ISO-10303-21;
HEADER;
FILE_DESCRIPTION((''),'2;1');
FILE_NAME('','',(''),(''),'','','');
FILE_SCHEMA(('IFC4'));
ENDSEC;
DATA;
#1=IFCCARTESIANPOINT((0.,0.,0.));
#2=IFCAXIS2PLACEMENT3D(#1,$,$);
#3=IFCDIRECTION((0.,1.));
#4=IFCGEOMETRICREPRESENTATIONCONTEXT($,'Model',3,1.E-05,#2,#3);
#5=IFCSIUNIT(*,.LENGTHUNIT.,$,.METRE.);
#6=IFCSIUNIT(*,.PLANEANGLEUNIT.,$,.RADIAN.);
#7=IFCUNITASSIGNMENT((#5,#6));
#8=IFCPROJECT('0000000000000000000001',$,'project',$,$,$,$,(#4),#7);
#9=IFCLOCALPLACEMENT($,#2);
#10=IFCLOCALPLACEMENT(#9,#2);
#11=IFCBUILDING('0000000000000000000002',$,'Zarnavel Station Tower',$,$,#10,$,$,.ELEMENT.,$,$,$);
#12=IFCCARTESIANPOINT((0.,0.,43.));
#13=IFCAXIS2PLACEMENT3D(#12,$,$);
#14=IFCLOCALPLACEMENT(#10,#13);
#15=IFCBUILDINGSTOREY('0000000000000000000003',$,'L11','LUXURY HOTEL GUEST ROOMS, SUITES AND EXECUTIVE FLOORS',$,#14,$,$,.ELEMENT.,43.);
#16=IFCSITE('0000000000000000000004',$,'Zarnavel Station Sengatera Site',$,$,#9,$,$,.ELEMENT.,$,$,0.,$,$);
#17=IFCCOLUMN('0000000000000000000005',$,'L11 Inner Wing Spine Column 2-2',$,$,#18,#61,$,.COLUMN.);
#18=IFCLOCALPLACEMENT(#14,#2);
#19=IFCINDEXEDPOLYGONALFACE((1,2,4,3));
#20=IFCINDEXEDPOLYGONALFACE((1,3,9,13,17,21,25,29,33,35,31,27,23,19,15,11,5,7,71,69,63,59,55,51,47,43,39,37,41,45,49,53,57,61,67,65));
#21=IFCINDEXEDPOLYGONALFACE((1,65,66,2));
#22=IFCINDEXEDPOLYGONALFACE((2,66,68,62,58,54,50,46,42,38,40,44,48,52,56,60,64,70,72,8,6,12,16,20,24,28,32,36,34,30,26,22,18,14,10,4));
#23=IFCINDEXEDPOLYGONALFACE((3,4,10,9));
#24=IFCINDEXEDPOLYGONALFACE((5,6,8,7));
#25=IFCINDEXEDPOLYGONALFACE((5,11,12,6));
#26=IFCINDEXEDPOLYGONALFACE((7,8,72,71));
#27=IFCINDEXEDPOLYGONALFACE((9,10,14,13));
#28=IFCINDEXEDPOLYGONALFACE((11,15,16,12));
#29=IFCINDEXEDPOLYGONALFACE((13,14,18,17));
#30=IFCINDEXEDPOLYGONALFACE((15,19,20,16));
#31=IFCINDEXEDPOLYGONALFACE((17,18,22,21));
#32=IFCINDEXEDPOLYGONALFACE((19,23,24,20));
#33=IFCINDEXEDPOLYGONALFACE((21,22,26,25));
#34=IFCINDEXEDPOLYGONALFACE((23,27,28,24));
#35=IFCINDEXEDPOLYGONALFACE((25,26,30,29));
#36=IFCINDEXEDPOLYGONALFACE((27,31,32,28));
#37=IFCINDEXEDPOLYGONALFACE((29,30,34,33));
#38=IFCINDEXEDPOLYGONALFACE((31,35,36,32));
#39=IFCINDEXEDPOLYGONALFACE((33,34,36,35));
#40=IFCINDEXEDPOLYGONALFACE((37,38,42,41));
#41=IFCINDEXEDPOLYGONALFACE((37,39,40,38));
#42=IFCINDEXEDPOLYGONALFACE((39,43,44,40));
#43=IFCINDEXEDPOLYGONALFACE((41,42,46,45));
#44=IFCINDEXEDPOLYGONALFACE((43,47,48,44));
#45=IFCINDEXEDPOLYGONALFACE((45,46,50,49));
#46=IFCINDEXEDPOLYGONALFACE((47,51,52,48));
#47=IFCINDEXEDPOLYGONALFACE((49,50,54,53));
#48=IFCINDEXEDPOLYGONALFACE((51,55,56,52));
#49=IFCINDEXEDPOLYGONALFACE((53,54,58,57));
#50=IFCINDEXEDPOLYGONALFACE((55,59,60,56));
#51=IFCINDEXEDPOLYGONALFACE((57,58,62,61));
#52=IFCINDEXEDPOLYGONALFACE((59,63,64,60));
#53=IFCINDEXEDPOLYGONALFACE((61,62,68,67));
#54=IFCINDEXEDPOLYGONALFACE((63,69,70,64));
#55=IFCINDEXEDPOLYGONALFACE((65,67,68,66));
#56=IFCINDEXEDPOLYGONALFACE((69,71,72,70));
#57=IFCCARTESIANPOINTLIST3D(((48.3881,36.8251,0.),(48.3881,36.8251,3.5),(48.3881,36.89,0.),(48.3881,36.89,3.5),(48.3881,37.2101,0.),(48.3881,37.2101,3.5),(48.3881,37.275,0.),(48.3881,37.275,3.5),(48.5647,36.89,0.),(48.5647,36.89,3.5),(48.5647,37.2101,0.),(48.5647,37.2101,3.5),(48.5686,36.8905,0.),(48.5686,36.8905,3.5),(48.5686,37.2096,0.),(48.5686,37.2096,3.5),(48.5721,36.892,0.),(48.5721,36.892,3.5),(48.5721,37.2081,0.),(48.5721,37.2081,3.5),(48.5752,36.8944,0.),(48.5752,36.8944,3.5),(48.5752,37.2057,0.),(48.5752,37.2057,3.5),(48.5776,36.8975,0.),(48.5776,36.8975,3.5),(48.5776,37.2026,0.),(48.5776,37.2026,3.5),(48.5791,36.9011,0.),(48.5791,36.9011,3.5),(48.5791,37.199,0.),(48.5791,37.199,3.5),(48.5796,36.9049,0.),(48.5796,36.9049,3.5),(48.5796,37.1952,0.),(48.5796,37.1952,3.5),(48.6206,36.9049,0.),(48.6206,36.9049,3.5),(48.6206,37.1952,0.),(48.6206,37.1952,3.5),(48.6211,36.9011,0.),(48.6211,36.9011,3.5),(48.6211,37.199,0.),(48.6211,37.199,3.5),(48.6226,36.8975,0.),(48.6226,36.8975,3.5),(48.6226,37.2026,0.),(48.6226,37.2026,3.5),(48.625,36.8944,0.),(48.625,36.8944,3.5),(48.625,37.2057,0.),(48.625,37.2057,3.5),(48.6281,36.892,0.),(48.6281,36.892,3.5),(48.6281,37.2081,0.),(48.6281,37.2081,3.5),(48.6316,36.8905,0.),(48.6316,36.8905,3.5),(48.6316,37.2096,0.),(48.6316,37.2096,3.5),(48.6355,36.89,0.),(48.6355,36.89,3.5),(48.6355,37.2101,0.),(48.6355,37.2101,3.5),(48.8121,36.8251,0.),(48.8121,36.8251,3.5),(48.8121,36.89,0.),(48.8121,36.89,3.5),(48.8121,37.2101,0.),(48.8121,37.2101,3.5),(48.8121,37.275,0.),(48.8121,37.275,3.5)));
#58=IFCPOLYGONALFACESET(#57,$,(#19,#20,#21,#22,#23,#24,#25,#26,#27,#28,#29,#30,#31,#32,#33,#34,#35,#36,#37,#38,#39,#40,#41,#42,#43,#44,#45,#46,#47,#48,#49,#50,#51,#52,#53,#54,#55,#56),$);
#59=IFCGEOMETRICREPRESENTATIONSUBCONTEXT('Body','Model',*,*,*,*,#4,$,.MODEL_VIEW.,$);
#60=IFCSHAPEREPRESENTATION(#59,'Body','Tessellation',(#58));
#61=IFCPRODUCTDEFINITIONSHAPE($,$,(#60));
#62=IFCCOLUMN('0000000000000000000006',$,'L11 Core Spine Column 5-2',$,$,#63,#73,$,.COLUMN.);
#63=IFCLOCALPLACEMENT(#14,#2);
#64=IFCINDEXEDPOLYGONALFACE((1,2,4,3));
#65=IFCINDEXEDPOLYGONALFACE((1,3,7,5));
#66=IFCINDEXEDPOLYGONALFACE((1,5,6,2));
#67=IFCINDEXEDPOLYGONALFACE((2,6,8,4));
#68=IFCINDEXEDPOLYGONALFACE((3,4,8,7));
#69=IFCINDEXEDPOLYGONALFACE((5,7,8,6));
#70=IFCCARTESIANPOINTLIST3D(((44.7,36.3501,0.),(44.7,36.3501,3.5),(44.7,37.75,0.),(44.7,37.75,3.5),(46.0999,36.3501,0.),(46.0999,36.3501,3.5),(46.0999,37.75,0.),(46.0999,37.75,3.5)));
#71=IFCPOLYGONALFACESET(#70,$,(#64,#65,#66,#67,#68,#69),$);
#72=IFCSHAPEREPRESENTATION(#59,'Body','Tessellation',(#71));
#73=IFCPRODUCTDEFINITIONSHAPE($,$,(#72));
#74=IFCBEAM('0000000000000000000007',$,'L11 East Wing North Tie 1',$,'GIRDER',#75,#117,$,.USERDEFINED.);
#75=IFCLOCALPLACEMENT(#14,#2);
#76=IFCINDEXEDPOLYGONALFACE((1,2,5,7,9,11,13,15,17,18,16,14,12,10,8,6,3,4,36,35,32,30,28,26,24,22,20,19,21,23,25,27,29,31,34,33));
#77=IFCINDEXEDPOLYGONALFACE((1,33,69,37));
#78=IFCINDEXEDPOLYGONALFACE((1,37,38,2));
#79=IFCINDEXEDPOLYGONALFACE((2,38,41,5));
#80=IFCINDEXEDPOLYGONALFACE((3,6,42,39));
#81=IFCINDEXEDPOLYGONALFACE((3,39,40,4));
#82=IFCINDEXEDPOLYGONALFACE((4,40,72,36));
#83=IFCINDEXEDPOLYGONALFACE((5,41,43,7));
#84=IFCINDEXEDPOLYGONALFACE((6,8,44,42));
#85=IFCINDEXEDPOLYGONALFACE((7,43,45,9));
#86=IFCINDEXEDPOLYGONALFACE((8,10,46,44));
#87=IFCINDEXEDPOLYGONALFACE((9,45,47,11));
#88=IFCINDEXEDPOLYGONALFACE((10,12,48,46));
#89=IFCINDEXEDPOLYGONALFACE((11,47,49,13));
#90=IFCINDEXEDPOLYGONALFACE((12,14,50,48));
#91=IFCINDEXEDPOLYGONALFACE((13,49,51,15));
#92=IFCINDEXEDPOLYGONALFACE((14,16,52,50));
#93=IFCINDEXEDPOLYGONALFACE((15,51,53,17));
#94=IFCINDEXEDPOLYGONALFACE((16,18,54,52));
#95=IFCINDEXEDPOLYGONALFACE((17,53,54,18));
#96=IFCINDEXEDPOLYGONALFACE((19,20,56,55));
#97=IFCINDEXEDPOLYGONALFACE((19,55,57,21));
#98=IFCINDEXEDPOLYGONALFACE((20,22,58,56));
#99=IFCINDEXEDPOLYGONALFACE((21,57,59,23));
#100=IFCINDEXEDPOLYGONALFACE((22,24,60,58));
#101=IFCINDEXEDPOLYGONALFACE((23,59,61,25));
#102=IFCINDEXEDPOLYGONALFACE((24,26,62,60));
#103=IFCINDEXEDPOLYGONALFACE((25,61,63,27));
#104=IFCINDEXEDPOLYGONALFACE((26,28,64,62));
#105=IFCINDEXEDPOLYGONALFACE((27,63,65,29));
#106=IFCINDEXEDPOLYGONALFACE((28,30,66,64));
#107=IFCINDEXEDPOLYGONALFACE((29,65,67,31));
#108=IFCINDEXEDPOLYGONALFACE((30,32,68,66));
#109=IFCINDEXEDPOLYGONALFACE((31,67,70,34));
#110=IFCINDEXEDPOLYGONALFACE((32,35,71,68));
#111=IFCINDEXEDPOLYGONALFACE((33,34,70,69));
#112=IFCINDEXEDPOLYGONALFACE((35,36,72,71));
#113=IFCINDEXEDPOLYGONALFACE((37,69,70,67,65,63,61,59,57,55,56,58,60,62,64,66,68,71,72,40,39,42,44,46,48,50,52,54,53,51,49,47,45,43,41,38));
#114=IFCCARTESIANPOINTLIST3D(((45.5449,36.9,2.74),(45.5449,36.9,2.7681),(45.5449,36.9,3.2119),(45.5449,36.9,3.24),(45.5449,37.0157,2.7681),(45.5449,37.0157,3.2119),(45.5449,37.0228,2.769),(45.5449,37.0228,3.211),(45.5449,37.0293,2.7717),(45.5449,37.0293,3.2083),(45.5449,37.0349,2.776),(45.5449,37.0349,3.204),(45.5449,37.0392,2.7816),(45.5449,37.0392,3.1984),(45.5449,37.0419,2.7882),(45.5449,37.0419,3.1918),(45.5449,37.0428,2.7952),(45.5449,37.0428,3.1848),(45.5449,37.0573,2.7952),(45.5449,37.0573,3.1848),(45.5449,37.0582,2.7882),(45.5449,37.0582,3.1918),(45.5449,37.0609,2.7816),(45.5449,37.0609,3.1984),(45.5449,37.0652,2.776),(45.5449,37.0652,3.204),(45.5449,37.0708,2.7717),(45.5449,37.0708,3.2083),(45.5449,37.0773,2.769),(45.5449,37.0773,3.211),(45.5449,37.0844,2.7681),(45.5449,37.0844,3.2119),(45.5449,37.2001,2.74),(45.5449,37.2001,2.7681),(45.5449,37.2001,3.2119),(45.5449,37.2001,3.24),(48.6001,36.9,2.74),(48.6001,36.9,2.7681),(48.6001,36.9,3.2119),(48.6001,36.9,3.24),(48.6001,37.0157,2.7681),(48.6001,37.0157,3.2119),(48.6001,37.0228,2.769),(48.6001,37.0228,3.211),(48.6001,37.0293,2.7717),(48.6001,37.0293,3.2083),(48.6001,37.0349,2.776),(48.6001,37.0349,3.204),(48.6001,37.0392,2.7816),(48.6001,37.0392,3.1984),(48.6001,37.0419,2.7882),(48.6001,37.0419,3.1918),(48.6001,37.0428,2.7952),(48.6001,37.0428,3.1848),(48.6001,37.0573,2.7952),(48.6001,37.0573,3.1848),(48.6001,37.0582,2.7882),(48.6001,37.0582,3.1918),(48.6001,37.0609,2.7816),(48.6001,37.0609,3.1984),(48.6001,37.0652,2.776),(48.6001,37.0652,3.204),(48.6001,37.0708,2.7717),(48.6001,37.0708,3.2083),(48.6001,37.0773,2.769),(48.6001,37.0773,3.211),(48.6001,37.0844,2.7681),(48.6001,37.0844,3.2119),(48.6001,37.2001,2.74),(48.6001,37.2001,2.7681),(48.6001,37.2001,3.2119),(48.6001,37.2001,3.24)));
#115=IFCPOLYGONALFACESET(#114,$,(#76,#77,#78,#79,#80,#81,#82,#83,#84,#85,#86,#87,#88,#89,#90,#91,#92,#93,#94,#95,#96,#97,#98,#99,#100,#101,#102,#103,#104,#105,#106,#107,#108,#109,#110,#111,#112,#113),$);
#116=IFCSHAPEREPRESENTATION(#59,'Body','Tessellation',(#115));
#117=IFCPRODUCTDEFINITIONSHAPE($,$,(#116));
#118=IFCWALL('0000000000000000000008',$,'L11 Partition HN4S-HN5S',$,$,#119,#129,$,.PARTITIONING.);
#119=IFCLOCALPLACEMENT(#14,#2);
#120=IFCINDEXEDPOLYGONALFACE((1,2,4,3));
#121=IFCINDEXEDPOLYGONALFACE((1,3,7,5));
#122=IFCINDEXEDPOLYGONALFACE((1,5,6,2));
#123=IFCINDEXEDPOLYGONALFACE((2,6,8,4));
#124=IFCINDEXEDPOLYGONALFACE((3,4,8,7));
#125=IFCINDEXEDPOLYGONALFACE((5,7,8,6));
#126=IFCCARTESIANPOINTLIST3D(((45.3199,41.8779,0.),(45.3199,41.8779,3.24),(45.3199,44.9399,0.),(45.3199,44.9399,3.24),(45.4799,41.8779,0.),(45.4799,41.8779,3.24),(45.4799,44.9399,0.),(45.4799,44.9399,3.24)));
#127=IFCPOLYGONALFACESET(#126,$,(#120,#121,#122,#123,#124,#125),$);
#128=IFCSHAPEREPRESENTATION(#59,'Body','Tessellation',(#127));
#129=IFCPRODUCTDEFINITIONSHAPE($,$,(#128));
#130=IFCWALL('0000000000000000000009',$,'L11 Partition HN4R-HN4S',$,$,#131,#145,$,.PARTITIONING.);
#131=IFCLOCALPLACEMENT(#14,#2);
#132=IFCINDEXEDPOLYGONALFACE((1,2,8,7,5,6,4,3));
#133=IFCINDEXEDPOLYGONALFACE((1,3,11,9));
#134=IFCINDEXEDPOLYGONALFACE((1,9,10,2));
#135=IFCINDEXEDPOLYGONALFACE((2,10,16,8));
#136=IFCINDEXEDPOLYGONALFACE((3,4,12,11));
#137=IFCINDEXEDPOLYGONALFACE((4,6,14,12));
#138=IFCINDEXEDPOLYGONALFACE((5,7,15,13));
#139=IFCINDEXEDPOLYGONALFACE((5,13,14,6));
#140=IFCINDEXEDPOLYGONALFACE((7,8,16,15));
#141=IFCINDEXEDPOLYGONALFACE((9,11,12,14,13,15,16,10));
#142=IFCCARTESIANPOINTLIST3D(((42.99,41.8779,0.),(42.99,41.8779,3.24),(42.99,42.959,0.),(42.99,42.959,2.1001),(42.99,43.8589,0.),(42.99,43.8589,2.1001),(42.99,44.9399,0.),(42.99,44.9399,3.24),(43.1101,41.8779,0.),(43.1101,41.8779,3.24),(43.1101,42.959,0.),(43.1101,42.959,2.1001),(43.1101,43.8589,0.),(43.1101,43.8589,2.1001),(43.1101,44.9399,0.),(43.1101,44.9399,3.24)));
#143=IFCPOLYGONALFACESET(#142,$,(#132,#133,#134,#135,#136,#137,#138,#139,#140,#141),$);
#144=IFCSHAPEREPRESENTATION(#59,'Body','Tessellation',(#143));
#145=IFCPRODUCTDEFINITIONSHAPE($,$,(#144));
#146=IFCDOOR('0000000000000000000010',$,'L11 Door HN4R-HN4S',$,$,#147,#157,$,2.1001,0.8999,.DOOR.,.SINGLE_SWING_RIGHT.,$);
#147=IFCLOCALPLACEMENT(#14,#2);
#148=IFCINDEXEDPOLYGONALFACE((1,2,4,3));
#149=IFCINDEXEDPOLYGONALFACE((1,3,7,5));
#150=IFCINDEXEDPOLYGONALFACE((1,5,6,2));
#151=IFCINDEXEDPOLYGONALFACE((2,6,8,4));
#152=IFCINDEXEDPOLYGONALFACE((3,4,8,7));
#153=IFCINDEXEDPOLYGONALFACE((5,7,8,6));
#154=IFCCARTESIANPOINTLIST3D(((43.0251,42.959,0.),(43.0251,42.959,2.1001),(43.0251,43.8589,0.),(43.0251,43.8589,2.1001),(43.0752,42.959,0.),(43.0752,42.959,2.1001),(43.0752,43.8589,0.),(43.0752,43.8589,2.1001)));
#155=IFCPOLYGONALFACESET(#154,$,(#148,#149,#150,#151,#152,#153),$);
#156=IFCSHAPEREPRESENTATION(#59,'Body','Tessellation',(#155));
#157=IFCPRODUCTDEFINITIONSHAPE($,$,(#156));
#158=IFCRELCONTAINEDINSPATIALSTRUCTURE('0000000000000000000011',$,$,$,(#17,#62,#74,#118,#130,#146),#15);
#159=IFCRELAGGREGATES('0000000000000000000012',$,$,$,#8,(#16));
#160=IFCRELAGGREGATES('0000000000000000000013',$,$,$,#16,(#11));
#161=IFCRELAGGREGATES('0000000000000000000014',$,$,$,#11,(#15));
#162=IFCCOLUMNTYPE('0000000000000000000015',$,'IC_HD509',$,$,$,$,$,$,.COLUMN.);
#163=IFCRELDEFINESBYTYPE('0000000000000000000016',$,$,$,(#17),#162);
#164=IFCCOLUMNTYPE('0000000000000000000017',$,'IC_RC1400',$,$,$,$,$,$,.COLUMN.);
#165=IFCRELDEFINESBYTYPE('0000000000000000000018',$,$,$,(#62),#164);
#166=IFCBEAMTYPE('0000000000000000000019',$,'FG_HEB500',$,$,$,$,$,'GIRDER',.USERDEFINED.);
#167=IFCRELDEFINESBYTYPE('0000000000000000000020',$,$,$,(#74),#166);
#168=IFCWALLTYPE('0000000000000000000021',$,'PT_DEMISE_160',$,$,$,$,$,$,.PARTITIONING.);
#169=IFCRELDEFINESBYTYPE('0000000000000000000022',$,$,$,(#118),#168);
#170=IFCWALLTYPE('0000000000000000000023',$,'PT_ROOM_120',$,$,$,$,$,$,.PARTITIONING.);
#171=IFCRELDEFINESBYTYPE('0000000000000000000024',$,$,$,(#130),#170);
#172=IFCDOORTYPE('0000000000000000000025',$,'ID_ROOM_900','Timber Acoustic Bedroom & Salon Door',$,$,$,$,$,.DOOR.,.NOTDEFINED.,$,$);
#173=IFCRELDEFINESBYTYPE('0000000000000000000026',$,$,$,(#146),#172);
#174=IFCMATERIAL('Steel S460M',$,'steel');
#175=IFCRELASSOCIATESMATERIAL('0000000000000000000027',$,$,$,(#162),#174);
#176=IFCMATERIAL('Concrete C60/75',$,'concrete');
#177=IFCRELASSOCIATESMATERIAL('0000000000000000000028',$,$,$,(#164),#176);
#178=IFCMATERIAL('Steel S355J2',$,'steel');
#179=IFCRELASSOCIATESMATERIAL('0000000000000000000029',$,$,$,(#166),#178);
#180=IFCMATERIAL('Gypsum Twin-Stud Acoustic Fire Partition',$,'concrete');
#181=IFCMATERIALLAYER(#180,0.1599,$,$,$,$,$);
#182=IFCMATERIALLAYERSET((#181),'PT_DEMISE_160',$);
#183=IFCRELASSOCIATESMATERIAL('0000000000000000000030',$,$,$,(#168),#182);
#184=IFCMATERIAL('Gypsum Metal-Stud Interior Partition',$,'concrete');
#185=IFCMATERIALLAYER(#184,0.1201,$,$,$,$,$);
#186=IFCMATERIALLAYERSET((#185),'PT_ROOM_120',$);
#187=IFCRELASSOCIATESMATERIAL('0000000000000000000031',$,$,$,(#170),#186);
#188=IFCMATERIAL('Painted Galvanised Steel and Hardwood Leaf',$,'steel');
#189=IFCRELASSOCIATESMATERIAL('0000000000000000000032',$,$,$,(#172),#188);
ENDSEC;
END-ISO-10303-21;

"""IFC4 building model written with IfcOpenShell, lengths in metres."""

from ifc_helpers import new_model, si_unit, direction, frame, frame_2d, origin, origin_2d, place, context, subcontext, project, spatial, rectangle, i_section, extrude, material, layer, layer_set, material_profile, profile_set, type_object, element, fill, save


model = new_model("IFC4")

# Units and contexts
model_context = context("Model", 3, precision=1e-05, world=origin(), true_north=direction((0.0, 1.0)))
body_context = subcontext(model_context, "Body", "Model", "MODEL_VIEW")
ifc_project = project(units=[si_unit("LENGTHUNIT", "METRE"), si_unit("PLANEANGLEUNIT", "RADIAN")], contexts=[model_context])

# Site, building, storey
site_placement = place(None, origin())
site = spatial("IfcSite", under=ifc_project, at=site_placement, Name="Zarnavel Station Sengatera Site", CompositionType="ELEMENT", RefElevation=0.0)
building_placement = place(site_placement, origin())
building = spatial("IfcBuilding", under=site, at=building_placement, Name="Zarnavel Station Tower", CompositionType="ELEMENT")
storey_placement = place(building_placement, frame((0.0, 0.0, 43.0)))
storey = spatial("IfcBuildingStorey", under=building, at=storey_placement, Name="L11", Description="LUXURY HOTEL GUEST ROOMS, SUITES AND EXECUTIVE FLOORS", CompositionType="ELEMENT", Elevation=43.0)

# Columns
ifc_material_1 = material(Name="Steel S460M", Category="steel")
ifc_material_profile_1 = material_profile(ifc_material_1, i_section(OverallWidth=0.4241, OverallDepth=0.45, WebThickness=0.041, FlangeThickness=0.0649, FilletRadius=0.0149, at=origin_2d()), Name="HD400x509")
ifc_profile_set_1 = profile_set([ifc_material_profile_1], Name="Steel S460M")
column_type_1 = type_object("IfcColumnType", Name="IC_HD509", PredefinedType="COLUMN", material=ifc_profile_set_1)
column_1_placement = place(storey_placement, frame((48.6001, 37.05, 0.0), z_axis=(0.0, 0.0, 1.0), x_axis=(1.0, 0.0, 0.0)))
element("IfcColumn", 1, at=column_1_placement, inside=storey, type_object=column_type_1, Name="L11 Inner Wing Spine Column 2-2", PredefinedType="COLUMN", context=body_context, shape_type="SweptSolid", body=[
    extrude(i_section(OverallWidth=0.4241, OverallDepth=0.45, WebThickness=0.041, FlangeThickness=0.0649, FilletRadius=0.0149, at=origin_2d()), origin(), (0.0, 0.0, 1.0), 3.5),
])
ifc_material_2 = material(Name="Concrete C60/75", Category="concrete")
ifc_material_profile_2 = material_profile(ifc_material_2, rectangle(XDim=1.3999, YDim=1.3999, at=origin_2d()), Name="RC1400x1400")
ifc_profile_set_2 = profile_set([ifc_material_profile_2], Name="Concrete C60/75")
column_type_2 = type_object("IfcColumnType", Name="IC_RC1400", PredefinedType="COLUMN", material=ifc_profile_set_2)
column_2_placement = place(storey_placement, frame((45.3999, 37.05, 0.0), z_axis=(0.0, 0.0, 1.0), x_axis=(1.0, 0.0, 0.0)))
element("IfcColumn", 2, at=column_2_placement, inside=storey, type_object=column_type_2, Name="L11 Core Spine Column 5-2", PredefinedType="COLUMN", context=body_context, shape_type="SweptSolid", body=[
    extrude(rectangle(XDim=1.3999, YDim=1.3999, at=origin_2d()), origin(), (0.0, 0.0, 1.0), 3.5),
])

# Beam
ifc_material_3 = material(Name="Steel S355J2", Category="steel")
ifc_material_profile_3 = material_profile(ifc_material_3, i_section(OverallWidth=0.3, OverallDepth=0.5, WebThickness=0.0144, FlangeThickness=0.0281, FilletRadius=0.0271, at=origin_2d()), Name="HEB500")
ifc_profile_set_3 = profile_set([ifc_material_profile_3], Name="Steel S355J2")
beam_type = type_object("IfcBeamType", Name="FG_HEB500", ElementType="GIRDER", PredefinedType="USERDEFINED", material=ifc_profile_set_3)
beam_placement = place(storey_placement, frame((45.5449, 37.05, 2.99), z_axis=(1.0, 0.0, 0.0), x_axis=(0.0, 1.0, 0.0)))
element("IfcBeam", 3, at=beam_placement, inside=storey, type_object=beam_type, Name="L11 East Wing North Tie 1", ObjectType="GIRDER", PredefinedType="USERDEFINED", context=body_context, shape_type="SweptSolid", body=[
    extrude(i_section(OverallWidth=0.3, OverallDepth=0.5, WebThickness=0.0144, FlangeThickness=0.0281, FilletRadius=0.0271, at=origin_2d()), origin(), (0.0, 0.0, 1.0), 3.0552),
])

# Shared definitions
ifc_material_4 = material(Name="Gypsum Twin-Stud Acoustic Fire Partition", Category="concrete")
ifc_layer_1 = layer(ifc_material_4, 0.1599)
ifc_layer_set_1 = layer_set([ifc_layer_1], Name="PT_DEMISE_160")
wall_type_1 = type_object("IfcWallType", Name="PT_DEMISE_160", PredefinedType="PARTITIONING", material=ifc_layer_set_1)

# Wall
wall_1_placement = place(storey_placement, frame((45.3999, 41.8779, 0.0), z_axis=(0.0, 0.0, 1.0), x_axis=(0.0, 1.0, 0.0)))
element("IfcWall", 4, at=wall_1_placement, inside=storey, type_object=wall_type_1, Name="L11 Partition HN4S-HN5S", PredefinedType="PARTITIONING", context=body_context, shape_type="SweptSolid", body=[
    extrude(rectangle(XDim=3.062, YDim=0.1599, at=frame_2d((1.531, 0.0))), origin(), (0.0, 0.0, 1.0), 3.24),
])

# Wall, opening, door
ifc_material_5 = material(Name="Gypsum Metal-Stud Interior Partition", Category="concrete")
ifc_layer_2 = layer(ifc_material_5, 0.1201)
ifc_layer_set_2 = layer_set([ifc_layer_2], Name="PT_ROOM_120")
wall_type_2 = type_object("IfcWallType", Name="PT_ROOM_120", PredefinedType="PARTITIONING", material=ifc_layer_set_2)
wall_2_placement = place(storey_placement, frame((43.05, 41.8779, 0.0), z_axis=(0.0, 0.0, 1.0), x_axis=(0.0, 1.0, 0.0)))
wall_2 = element("IfcWall", 5, at=wall_2_placement, inside=storey, type_object=wall_type_2, Name="L11 Partition HN4R-HN4S", PredefinedType="PARTITIONING", context=body_context, shape_type="SweptSolid", body=[
    extrude(rectangle(XDim=3.062, YDim=0.1201, at=frame_2d((1.531, 0.0))), origin(), (0.0, 0.0, 1.0), 3.24),
])
opening_1_placement = place(wall_2_placement, frame((1.0811, 0.0, 0.0)))
opening_1 = element("IfcOpeningElement", 6, at=opening_1_placement, cuts=wall_2, PredefinedType="OPENING", context=body_context, shape_type="SweptSolid", body=[
    extrude(rectangle(XDim=0.8999, YDim=2.1001, at=frame_2d((0.45, 1.05))), frame((0.0, 0.0701, 0.0), z_axis=(0.0, -1.0, 0.0), x_axis=(1.0, 0.0, 0.0)), (0.0, 0.0, 1.0), 0.1401),
])
ifc_material_6 = material(Name="Painted Galvanised Steel and Hardwood Leaf", Category="steel")
door_type_1 = type_object("IfcDoorType", Name="ID_ROOM_900", Description="Timber Acoustic Bedroom & Salon Door", OperationType="NOTDEFINED", PredefinedType="DOOR", material=ifc_material_6)
door_1_placement = place(opening_1_placement, origin())
door_1 = element("IfcDoor", 7, at=door_1_placement, inside=storey, type_object=door_type_1, Name="L11 Door HN4R-HN4S", OperationType="SINGLE_SWING_RIGHT", OverallHeight=2.1001, OverallWidth=0.8999, PredefinedType="DOOR", context=body_context, shape_type="SweptSolid", body=[
    extrude(rectangle(XDim=0.8999, YDim=2.1001, at=frame_2d((0.45, 1.05))), frame((0.0, 0.0249, 0.0), z_axis=(0.0, -1.0, 0.0), x_axis=(1.0, 0.0, 0.0)), (0.0, 0.0, 1.0), 0.05),
])
fill(opening_1, door_1)

save(model, "model.ifc")
